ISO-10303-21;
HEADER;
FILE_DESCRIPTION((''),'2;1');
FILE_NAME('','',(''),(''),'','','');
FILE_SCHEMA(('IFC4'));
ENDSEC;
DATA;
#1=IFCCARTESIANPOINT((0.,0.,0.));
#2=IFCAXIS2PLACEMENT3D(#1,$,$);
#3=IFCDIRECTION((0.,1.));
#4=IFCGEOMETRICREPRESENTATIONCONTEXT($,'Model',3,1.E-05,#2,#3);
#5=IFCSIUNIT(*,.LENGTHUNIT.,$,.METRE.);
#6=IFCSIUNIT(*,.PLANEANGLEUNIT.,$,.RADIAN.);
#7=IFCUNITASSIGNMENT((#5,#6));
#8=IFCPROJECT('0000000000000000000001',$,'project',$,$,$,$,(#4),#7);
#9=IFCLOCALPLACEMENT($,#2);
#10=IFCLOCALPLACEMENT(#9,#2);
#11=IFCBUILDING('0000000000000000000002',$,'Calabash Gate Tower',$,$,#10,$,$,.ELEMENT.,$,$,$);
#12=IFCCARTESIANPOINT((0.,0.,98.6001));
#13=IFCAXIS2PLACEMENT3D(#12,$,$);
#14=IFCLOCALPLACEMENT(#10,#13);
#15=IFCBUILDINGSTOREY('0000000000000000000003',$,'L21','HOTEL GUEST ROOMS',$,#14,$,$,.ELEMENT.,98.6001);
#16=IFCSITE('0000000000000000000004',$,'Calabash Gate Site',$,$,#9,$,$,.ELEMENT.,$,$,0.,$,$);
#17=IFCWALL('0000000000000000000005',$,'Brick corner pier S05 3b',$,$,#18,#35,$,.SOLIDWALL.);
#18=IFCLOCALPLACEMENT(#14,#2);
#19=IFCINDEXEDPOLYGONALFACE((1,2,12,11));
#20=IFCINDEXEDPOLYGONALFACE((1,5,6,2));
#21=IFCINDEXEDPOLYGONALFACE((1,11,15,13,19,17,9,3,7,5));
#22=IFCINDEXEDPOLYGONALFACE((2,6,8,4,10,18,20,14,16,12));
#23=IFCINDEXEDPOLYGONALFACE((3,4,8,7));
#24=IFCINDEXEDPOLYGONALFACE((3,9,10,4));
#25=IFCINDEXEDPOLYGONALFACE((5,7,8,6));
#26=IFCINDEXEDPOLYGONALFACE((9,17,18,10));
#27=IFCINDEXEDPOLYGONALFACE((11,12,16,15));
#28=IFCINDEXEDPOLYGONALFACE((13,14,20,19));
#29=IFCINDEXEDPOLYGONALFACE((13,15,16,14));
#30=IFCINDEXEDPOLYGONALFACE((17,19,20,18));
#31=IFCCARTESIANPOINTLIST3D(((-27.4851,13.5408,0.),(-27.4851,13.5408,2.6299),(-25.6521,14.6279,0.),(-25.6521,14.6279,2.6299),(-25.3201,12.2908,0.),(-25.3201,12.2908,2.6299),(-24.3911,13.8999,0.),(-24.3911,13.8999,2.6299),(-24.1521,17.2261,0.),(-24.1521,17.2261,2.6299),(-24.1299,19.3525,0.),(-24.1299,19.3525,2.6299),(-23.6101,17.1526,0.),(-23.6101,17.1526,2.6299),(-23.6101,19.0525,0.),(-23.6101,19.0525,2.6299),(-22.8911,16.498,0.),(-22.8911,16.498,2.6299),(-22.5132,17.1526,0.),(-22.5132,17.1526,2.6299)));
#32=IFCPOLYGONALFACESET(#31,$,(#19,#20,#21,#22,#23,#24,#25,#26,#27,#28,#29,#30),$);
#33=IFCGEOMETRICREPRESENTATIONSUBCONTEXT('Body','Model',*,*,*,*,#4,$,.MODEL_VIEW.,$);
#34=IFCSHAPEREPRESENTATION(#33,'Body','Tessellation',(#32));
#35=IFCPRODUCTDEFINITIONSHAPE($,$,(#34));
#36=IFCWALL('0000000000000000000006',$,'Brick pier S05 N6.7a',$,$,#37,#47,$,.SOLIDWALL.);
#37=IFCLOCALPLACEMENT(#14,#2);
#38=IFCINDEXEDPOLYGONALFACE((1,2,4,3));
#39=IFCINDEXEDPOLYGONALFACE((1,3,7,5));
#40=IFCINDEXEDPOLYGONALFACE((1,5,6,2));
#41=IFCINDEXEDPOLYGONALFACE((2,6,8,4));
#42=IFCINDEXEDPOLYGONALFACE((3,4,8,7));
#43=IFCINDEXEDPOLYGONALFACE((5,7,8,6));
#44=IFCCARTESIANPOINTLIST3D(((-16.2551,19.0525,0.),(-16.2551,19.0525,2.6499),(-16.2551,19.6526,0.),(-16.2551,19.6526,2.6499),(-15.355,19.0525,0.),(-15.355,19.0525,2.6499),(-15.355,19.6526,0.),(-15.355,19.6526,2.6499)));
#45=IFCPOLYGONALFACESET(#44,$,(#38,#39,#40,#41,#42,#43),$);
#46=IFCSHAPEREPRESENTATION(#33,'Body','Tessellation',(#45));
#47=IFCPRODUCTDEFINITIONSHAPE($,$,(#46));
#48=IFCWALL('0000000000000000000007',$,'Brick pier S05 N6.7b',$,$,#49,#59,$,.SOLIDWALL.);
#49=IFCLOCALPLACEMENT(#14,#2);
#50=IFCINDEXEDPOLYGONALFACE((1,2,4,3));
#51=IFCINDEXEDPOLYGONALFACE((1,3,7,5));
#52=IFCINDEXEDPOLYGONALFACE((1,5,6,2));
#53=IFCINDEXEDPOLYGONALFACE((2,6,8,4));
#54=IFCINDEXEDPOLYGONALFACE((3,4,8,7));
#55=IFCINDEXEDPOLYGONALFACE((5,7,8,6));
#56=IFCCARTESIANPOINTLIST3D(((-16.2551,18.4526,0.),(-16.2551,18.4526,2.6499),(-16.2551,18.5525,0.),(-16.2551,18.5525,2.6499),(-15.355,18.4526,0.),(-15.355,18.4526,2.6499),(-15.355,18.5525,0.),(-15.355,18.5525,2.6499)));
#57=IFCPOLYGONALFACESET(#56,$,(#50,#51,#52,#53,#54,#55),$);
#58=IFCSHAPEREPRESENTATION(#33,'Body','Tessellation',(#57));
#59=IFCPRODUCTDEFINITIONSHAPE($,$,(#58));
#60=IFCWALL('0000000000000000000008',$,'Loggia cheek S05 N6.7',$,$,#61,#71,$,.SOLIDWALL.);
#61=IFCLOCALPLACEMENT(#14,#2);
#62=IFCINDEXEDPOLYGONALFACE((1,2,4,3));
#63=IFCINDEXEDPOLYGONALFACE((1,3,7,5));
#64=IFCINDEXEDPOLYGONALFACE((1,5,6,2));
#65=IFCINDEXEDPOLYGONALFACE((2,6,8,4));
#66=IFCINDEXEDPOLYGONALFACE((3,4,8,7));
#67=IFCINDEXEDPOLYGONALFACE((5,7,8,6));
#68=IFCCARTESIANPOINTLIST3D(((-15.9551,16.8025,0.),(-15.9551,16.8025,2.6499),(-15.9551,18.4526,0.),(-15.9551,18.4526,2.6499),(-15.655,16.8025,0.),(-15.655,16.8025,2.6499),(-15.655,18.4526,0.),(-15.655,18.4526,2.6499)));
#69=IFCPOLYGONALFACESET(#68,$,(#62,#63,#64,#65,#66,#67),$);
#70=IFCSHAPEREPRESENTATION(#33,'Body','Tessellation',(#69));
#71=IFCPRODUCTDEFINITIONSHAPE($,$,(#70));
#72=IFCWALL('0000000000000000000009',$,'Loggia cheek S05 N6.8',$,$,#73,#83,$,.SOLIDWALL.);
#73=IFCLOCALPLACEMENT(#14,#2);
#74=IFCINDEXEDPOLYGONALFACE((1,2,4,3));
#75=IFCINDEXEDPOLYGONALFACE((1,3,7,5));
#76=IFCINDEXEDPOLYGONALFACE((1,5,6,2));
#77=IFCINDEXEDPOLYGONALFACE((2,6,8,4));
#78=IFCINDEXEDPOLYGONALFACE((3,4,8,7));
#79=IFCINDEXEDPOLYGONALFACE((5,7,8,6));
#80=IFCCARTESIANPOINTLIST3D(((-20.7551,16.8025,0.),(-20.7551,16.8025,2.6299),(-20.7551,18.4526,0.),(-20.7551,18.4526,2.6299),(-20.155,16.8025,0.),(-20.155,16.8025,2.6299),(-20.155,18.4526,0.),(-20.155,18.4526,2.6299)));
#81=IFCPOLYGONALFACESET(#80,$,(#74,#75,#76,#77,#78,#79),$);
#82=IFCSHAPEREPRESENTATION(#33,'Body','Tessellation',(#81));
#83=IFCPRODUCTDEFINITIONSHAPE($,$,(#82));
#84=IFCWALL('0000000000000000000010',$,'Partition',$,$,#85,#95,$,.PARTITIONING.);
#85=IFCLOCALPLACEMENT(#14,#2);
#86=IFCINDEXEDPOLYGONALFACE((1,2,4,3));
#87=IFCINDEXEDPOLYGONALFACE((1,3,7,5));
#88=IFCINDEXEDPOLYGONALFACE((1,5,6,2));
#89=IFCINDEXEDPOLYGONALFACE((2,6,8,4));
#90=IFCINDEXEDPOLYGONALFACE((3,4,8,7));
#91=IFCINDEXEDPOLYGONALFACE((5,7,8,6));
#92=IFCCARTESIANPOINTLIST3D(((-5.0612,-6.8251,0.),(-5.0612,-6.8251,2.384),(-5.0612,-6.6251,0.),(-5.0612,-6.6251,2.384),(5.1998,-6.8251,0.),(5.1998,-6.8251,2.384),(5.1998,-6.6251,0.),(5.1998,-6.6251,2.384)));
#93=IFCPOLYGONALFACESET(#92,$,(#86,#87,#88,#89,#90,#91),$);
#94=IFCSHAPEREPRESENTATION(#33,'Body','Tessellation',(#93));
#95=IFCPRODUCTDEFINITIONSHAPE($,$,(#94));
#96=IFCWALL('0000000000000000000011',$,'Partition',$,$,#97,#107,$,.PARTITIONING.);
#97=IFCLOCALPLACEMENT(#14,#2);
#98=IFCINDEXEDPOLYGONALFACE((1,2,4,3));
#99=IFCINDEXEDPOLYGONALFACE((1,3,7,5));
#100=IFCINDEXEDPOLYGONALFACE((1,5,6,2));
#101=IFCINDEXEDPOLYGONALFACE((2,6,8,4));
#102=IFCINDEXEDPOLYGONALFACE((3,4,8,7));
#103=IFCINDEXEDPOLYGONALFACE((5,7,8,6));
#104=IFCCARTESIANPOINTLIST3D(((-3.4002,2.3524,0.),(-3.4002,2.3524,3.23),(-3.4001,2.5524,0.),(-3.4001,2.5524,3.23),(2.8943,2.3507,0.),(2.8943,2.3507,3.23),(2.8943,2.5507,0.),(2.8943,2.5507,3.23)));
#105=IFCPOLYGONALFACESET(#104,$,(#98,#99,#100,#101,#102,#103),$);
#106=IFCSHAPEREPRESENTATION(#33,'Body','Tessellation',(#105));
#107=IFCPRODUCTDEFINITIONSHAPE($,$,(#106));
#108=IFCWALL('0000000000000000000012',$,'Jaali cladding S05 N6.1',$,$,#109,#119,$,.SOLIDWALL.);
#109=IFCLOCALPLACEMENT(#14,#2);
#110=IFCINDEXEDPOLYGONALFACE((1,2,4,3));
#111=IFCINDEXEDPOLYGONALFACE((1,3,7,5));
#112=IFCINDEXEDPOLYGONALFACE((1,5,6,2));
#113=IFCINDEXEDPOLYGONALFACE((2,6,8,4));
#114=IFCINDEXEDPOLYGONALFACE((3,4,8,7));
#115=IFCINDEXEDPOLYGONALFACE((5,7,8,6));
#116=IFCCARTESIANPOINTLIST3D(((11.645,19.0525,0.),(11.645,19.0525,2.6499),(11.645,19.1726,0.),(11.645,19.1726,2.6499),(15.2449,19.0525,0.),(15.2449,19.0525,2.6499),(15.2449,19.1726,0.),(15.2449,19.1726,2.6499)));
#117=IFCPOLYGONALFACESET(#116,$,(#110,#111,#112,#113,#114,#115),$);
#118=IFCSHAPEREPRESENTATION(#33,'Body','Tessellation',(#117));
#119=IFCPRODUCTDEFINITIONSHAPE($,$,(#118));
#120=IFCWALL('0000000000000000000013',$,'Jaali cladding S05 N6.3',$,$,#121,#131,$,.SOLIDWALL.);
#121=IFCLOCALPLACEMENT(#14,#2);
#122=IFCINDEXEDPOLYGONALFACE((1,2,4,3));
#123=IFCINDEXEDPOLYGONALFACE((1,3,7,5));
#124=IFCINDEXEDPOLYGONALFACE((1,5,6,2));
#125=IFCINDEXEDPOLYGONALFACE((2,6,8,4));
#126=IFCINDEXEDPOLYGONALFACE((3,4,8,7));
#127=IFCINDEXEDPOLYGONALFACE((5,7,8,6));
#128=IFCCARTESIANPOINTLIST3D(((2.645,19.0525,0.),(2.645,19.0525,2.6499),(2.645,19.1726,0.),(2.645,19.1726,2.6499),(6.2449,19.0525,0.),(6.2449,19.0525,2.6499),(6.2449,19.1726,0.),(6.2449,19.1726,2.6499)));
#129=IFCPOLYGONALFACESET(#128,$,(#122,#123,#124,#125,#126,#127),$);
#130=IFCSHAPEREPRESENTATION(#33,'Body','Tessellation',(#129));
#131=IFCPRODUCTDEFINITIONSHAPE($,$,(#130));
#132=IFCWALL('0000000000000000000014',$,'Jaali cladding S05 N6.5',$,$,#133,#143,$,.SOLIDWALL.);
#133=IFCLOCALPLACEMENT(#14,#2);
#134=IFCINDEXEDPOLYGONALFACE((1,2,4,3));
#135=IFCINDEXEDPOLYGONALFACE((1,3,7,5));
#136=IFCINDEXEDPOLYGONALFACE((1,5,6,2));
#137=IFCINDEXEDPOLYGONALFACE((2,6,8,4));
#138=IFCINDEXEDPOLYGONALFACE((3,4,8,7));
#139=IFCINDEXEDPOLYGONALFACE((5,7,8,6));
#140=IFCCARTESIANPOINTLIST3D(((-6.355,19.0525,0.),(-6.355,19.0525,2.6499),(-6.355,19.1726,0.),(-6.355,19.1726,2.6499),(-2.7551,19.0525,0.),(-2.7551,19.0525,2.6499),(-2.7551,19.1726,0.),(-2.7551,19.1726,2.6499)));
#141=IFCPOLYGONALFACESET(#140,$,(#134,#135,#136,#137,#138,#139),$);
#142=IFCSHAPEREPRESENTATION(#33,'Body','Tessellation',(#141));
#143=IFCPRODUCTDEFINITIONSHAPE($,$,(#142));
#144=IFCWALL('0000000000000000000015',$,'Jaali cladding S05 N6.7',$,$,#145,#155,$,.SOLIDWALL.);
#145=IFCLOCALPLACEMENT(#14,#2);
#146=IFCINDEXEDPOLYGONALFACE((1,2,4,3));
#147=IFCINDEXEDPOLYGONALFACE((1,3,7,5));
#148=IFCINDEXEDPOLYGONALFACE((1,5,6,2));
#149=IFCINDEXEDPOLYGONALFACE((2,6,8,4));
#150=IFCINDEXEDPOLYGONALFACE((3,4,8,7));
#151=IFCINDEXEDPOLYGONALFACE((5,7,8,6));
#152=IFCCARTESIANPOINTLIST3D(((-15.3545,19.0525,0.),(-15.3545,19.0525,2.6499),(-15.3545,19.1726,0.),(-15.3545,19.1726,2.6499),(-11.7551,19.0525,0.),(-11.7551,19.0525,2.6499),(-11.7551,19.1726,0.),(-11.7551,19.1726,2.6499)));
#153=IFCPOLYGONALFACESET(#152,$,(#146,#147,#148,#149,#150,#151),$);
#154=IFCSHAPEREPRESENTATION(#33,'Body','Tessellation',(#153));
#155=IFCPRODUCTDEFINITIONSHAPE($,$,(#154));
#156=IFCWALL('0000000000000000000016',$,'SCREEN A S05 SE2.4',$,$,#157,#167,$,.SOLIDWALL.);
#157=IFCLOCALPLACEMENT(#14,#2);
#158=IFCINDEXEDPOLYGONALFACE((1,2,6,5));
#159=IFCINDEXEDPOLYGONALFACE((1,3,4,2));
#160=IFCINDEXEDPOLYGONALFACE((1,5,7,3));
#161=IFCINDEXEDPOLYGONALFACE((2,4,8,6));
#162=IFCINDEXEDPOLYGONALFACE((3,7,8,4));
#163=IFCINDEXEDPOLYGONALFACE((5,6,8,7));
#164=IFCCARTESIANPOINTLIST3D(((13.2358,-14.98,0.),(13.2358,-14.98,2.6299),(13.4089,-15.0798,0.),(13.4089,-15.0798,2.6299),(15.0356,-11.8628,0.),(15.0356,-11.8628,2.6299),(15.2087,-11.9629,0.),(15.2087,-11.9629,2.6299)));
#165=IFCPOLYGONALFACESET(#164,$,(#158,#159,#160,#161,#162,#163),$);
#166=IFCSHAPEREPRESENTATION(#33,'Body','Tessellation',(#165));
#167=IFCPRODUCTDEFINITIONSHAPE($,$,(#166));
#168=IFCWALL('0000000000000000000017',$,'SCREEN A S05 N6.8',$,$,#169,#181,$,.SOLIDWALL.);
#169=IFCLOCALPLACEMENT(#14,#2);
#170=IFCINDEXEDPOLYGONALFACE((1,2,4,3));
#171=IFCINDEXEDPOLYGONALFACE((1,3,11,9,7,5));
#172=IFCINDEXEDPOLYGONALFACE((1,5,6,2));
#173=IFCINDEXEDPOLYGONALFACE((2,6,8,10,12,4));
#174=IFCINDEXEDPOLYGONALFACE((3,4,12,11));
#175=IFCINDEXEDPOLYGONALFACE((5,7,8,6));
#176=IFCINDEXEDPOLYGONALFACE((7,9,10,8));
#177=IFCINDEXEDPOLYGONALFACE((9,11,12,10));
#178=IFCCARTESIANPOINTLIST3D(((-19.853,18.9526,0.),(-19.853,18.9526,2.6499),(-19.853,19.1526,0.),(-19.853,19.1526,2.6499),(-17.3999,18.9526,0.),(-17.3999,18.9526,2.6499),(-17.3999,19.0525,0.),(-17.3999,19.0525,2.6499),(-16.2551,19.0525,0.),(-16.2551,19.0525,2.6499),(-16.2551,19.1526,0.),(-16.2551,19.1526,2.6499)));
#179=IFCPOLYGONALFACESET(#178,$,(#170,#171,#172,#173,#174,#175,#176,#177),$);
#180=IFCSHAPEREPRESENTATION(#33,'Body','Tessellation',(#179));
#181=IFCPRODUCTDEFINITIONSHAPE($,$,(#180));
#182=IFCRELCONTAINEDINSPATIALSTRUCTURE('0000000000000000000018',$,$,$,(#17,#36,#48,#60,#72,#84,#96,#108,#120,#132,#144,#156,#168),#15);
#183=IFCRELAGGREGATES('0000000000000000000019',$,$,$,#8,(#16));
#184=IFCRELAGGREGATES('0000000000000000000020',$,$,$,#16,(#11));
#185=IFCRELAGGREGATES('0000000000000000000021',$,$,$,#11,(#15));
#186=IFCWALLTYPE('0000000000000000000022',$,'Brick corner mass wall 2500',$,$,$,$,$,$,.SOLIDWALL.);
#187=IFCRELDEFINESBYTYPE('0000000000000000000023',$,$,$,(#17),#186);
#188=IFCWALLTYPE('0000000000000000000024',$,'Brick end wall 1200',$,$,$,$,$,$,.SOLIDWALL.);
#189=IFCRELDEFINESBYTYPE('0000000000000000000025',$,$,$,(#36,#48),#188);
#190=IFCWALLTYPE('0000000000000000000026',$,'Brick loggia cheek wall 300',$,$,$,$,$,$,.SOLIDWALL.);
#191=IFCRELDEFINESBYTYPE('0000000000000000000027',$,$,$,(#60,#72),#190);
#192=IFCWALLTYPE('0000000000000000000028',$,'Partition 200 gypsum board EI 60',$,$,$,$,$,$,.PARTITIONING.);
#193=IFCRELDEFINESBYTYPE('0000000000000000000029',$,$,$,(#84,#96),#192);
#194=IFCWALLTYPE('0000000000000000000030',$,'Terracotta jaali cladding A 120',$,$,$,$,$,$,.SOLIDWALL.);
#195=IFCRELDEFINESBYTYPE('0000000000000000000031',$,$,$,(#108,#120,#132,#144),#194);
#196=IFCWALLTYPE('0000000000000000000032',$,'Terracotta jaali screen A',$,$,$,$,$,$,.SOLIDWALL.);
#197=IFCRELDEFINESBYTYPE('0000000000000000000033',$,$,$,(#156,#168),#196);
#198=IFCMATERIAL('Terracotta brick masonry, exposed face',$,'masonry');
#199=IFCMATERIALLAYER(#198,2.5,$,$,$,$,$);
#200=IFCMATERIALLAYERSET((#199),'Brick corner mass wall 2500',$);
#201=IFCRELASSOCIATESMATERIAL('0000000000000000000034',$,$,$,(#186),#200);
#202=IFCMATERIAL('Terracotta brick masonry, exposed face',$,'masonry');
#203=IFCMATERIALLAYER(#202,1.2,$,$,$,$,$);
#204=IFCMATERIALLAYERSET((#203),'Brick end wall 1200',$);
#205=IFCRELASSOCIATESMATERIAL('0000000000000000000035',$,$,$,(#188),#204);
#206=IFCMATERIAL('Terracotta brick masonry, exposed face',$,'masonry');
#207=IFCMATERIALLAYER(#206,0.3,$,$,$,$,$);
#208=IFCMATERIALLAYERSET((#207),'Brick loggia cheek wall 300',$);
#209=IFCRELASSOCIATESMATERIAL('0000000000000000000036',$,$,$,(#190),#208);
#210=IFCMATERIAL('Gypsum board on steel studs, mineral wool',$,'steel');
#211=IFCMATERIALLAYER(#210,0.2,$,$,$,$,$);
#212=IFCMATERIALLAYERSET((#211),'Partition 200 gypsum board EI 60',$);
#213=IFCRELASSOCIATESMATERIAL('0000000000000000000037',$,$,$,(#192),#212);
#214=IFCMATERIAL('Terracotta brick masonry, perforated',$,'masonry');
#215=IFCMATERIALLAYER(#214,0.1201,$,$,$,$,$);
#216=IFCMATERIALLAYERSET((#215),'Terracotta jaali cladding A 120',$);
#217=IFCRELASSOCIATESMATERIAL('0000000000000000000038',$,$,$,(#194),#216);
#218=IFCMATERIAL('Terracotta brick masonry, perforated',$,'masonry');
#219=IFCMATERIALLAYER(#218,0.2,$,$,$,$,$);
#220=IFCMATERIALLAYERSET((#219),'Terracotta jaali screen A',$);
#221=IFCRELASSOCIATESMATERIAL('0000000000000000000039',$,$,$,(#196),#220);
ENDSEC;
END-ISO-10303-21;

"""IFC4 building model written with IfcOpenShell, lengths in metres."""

from ifc_helpers import new_model, si_unit, direction, frame, frame_2d, origin, place, context, subcontext, project, spatial, polyline, rectangle, outline, extrude, material, layer, layer_set, type_object, element, save


model = new_model("IFC4")

# Units and contexts
model_context = context("Model", 3, precision=1e-05, world=origin(), true_north=direction((0.0, 1.0)))
body_context = subcontext(model_context, "Body", "Model", "MODEL_VIEW")
ifc_project = project(units=[si_unit("LENGTHUNIT", "METRE"), si_unit("PLANEANGLEUNIT", "RADIAN")], contexts=[model_context])

# Site, building, storey
site_placement = place(None, origin())
site = spatial("IfcSite", under=ifc_project, at=site_placement, Name="Calabash Gate Site", CompositionType="ELEMENT", RefElevation=0.0)
building_placement = place(site_placement, origin())
building = spatial("IfcBuilding", under=site, at=building_placement, Name="Calabash Gate Tower", CompositionType="ELEMENT")
storey_placement = place(building_placement, frame((0.0, 0.0, 98.6001)))
storey = spatial("IfcBuildingStorey", under=building, at=storey_placement, Name="L21", Description="HOTEL GUEST ROOMS", CompositionType="ELEMENT", Elevation=98.6001)

# Walls
ifc_material_1 = material(Name="Terracotta brick masonry, exposed face", Category="masonry")
ifc_layer_1 = layer(ifc_material_1, 2.5)
ifc_layer_set_1 = layer_set([ifc_layer_1], Name="Brick corner mass wall 2500")
wall_type_1 = type_object("IfcWallType", Name="Brick corner mass wall 2500", PredefinedType="SOLIDWALL", material=ifc_layer_set_1)
wall_1_placement = place(storey_placement, origin())
element("IfcWall", 1, at=wall_1_placement, inside=storey, type_object=wall_type_1, Name="Brick corner pier S05 3b", PredefinedType="SOLIDWALL", context=body_context, shape_type="SweptSolid", body=[
    extrude(outline(polyline([(-22.8911, 16.498), (-22.5132, 17.1526), (-23.6101, 17.1526), (-23.6101, 19.0525), (-24.1299, 19.3525), (-27.4851, 13.5408), (-25.3201, 12.2908), (-24.3911, 13.8999), (-25.6521, 14.6279), (-24.1521, 17.2261), (-22.8911, 16.498)])), origin(), (0.0, 0.0, 1.0), 2.6299),
])
ifc_material_2 = material(Name="Terracotta brick masonry, exposed face", Category="masonry")
ifc_layer_2 = layer(ifc_material_2, 1.2)
ifc_layer_set_2 = layer_set([ifc_layer_2], Name="Brick end wall 1200")
wall_type_2 = type_object("IfcWallType", Name="Brick end wall 1200", PredefinedType="SOLIDWALL", material=ifc_layer_set_2)
wall_2_placement = place(storey_placement, origin())
element("IfcWall", 2, at=wall_2_placement, inside=storey, type_object=wall_type_2, Name="Brick pier S05 N6.7a", PredefinedType="SOLIDWALL", context=body_context, shape_type="SweptSolid", body=[
    extrude(outline(polyline([(-15.355, 19.0525), (-15.355, 19.6526), (-16.2551, 19.6526), (-16.2551, 19.0525), (-15.355, 19.0525)])), origin(), (0.0, 0.0, 1.0), 2.6499),
])
wall_3_placement = place(storey_placement, origin())
element("IfcWall", 3, at=wall_3_placement, inside=storey, type_object=wall_type_2, Name="Brick pier S05 N6.7b", PredefinedType="SOLIDWALL", context=body_context, shape_type="SweptSolid", body=[
    extrude(outline(polyline([(-15.355, 18.4526), (-15.355, 18.5525), (-16.2551, 18.5525), (-16.2551, 18.4526), (-15.355, 18.4526)])), origin(), (0.0, 0.0, 1.0), 2.6499),
])
ifc_material_3 = material(Name="Terracotta brick masonry, exposed face", Category="masonry")
ifc_layer_3 = layer(ifc_material_3, 0.3)
ifc_layer_set_3 = layer_set([ifc_layer_3], Name="Brick loggia cheek wall 300")
wall_type_3 = type_object("IfcWallType", Name="Brick loggia cheek wall 300", PredefinedType="SOLIDWALL", material=ifc_layer_set_3)
wall_4_placement = place(storey_placement, origin())
element("IfcWall", 4, at=wall_4_placement, inside=storey, type_object=wall_type_3, Name="Loggia cheek S05 N6.7", PredefinedType="SOLIDWALL", context=body_context, shape_type="SweptSolid", body=[
    extrude(outline(polyline([(-15.655, 16.8025), (-15.655, 18.4526), (-15.9551, 18.4526), (-15.9551, 16.8025), (-15.655, 16.8025)])), origin(), (0.0, 0.0, 1.0), 2.6499),
])
wall_5_placement = place(storey_placement, origin())
element("IfcWall", 5, at=wall_5_placement, inside=storey, type_object=wall_type_3, Name="Loggia cheek S05 N6.8", PredefinedType="SOLIDWALL", context=body_context, shape_type="SweptSolid", body=[
    extrude(outline(polyline([(-20.7551, 18.4526), (-20.7551, 16.8025), (-20.155, 16.8025), (-20.155, 18.4526), (-20.7551, 18.4526)])), origin(), (0.0, 0.0, 1.0), 2.6299),
])
ifc_material_4 = material(Name="Gypsum board on steel studs, mineral wool", Category="steel")
ifc_layer_4 = layer(ifc_material_4, 0.2)
ifc_layer_set_4 = layer_set([ifc_layer_4], Name="Partition 200 gypsum board EI 60")
wall_type_4 = type_object("IfcWallType", Name="Partition 200 gypsum board EI 60", PredefinedType="PARTITIONING", material=ifc_layer_set_4)
wall_6_placement = place(storey_placement, frame((-5.061, -6.7251, 0.0), z_axis=(0.0, 0.0, 1.0), x_axis=(1.0, 0.0, 0.0)))
element("IfcWall", 6, at=wall_6_placement, inside=storey, type_object=wall_type_4, Name="Partition", PredefinedType="PARTITIONING", context=body_context, shape_type="SweptSolid", body=[
    extrude(rectangle(XDim=10.261, YDim=0.2, at=frame_2d((5.1304, 0.0))), origin(), (0.0, 0.0, 1.0), 2.384),
])
wall_7_placement = place(storey_placement, frame((-3.4001, 2.4524, 0.0), z_axis=(0.0, 0.0, 1.0), x_axis=(1.0, -0.000272, 0.0)))
element("IfcWall", 7, at=wall_7_placement, inside=storey, type_object=wall_type_4, Name="Partition", PredefinedType="PARTITIONING", context=body_context, shape_type="SweptSolid", body=[
    extrude(rectangle(XDim=6.2944, YDim=0.2, at=frame_2d((3.1472, 0.0))), origin(), (0.0, 0.0, 1.0), 3.23),
])
ifc_material_5 = material(Name="Terracotta brick masonry, perforated", Category="masonry")
ifc_layer_5 = layer(ifc_material_5, 0.1201)
ifc_layer_set_5 = layer_set([ifc_layer_5], Name="Terracotta jaali cladding A 120")
wall_type_5 = type_object("IfcWallType", Name="Terracotta jaali cladding A 120", PredefinedType="SOLIDWALL", material=ifc_layer_set_5)
wall_8_placement = place(storey_placement, origin())
element("IfcWall", 8, at=wall_8_placement, inside=storey, type_object=wall_type_5, Name="Jaali cladding S05 N6.1", PredefinedType="SOLIDWALL", context=body_context, shape_type="SweptSolid", body=[
    extrude(outline(polyline([(11.645, 19.1726), (11.645, 19.0525), (15.2449, 19.0525), (15.2449, 19.1726), (11.645, 19.1726)])), origin(), (0.0, 0.0, 1.0), 2.6499),
])
wall_9_placement = place(storey_placement, origin())
element("IfcWall", 9, at=wall_9_placement, inside=storey, type_object=wall_type_5, Name="Jaali cladding S05 N6.3", PredefinedType="SOLIDWALL", context=body_context, shape_type="SweptSolid", body=[
    extrude(outline(polyline([(2.645, 19.1726), (2.645, 19.0525), (6.2449, 19.0525), (6.2449, 19.1726), (2.645, 19.1726)])), origin(), (0.0, 0.0, 1.0), 2.6499),
])
wall_10_placement = place(storey_placement, origin())
element("IfcWall", 10, at=wall_10_placement, inside=storey, type_object=wall_type_5, Name="Jaali cladding S05 N6.5", PredefinedType="SOLIDWALL", context=body_context, shape_type="SweptSolid", body=[
    extrude(outline(polyline([(-6.355, 19.1726), (-6.355, 19.0525), (-2.7551, 19.0525), (-2.7551, 19.1726), (-6.355, 19.1726)])), origin(), (0.0, 0.0, 1.0), 2.6499),
])
wall_11_placement = place(storey_placement, origin())
element("IfcWall", 11, at=wall_11_placement, inside=storey, type_object=wall_type_5, Name="Jaali cladding S05 N6.7", PredefinedType="SOLIDWALL", context=body_context, shape_type="SweptSolid", body=[
    extrude(outline(polyline([(-15.3545, 19.1726), (-15.3545, 19.0525), (-11.7551, 19.0525), (-11.7551, 19.1726), (-15.3545, 19.1726)])), origin(), (0.0, 0.0, 1.0), 2.6499),
])
ifc_material_6 = material(Name="Terracotta brick masonry, perforated", Category="masonry")
ifc_layer_6 = layer(ifc_material_6, 0.2)
ifc_layer_set_6 = layer_set([ifc_layer_6], Name="Terracotta jaali screen A")
wall_type_6 = type_object("IfcWallType", Name="Terracotta jaali screen A", PredefinedType="SOLIDWALL", material=ifc_layer_set_6)
wall_12_placement = place(storey_placement, origin())
element("IfcWall", 12, at=wall_12_placement, inside=storey, type_object=wall_type_6, Name="SCREEN A S05 SE2.4", PredefinedType="SOLIDWALL", context=body_context, shape_type="SweptSolid", body=[
    extrude(outline(polyline([(13.4089, -15.0798), (15.2087, -11.9629), (15.0356, -11.8628), (13.2358, -14.98), (13.4089, -15.0798)])), origin(), (0.0, 0.0, 1.0), 2.6299),
])
wall_13_placement = place(storey_placement, origin())
element("IfcWall", 13, at=wall_13_placement, inside=storey, type_object=wall_type_6, Name="SCREEN A S05 N6.8", PredefinedType="SOLIDWALL", context=body_context, shape_type="SweptSolid", body=[
    extrude(outline(polyline([(-16.2551, 19.0525), (-16.2551, 19.1526), (-19.853, 19.1526), (-19.853, 18.9526), (-17.3999, 18.9526), (-17.3999, 19.0525), (-16.2551, 19.0525)])), origin(), (0.0, 0.0, 1.0), 2.6499),
])

save(model, "model.ifc")
